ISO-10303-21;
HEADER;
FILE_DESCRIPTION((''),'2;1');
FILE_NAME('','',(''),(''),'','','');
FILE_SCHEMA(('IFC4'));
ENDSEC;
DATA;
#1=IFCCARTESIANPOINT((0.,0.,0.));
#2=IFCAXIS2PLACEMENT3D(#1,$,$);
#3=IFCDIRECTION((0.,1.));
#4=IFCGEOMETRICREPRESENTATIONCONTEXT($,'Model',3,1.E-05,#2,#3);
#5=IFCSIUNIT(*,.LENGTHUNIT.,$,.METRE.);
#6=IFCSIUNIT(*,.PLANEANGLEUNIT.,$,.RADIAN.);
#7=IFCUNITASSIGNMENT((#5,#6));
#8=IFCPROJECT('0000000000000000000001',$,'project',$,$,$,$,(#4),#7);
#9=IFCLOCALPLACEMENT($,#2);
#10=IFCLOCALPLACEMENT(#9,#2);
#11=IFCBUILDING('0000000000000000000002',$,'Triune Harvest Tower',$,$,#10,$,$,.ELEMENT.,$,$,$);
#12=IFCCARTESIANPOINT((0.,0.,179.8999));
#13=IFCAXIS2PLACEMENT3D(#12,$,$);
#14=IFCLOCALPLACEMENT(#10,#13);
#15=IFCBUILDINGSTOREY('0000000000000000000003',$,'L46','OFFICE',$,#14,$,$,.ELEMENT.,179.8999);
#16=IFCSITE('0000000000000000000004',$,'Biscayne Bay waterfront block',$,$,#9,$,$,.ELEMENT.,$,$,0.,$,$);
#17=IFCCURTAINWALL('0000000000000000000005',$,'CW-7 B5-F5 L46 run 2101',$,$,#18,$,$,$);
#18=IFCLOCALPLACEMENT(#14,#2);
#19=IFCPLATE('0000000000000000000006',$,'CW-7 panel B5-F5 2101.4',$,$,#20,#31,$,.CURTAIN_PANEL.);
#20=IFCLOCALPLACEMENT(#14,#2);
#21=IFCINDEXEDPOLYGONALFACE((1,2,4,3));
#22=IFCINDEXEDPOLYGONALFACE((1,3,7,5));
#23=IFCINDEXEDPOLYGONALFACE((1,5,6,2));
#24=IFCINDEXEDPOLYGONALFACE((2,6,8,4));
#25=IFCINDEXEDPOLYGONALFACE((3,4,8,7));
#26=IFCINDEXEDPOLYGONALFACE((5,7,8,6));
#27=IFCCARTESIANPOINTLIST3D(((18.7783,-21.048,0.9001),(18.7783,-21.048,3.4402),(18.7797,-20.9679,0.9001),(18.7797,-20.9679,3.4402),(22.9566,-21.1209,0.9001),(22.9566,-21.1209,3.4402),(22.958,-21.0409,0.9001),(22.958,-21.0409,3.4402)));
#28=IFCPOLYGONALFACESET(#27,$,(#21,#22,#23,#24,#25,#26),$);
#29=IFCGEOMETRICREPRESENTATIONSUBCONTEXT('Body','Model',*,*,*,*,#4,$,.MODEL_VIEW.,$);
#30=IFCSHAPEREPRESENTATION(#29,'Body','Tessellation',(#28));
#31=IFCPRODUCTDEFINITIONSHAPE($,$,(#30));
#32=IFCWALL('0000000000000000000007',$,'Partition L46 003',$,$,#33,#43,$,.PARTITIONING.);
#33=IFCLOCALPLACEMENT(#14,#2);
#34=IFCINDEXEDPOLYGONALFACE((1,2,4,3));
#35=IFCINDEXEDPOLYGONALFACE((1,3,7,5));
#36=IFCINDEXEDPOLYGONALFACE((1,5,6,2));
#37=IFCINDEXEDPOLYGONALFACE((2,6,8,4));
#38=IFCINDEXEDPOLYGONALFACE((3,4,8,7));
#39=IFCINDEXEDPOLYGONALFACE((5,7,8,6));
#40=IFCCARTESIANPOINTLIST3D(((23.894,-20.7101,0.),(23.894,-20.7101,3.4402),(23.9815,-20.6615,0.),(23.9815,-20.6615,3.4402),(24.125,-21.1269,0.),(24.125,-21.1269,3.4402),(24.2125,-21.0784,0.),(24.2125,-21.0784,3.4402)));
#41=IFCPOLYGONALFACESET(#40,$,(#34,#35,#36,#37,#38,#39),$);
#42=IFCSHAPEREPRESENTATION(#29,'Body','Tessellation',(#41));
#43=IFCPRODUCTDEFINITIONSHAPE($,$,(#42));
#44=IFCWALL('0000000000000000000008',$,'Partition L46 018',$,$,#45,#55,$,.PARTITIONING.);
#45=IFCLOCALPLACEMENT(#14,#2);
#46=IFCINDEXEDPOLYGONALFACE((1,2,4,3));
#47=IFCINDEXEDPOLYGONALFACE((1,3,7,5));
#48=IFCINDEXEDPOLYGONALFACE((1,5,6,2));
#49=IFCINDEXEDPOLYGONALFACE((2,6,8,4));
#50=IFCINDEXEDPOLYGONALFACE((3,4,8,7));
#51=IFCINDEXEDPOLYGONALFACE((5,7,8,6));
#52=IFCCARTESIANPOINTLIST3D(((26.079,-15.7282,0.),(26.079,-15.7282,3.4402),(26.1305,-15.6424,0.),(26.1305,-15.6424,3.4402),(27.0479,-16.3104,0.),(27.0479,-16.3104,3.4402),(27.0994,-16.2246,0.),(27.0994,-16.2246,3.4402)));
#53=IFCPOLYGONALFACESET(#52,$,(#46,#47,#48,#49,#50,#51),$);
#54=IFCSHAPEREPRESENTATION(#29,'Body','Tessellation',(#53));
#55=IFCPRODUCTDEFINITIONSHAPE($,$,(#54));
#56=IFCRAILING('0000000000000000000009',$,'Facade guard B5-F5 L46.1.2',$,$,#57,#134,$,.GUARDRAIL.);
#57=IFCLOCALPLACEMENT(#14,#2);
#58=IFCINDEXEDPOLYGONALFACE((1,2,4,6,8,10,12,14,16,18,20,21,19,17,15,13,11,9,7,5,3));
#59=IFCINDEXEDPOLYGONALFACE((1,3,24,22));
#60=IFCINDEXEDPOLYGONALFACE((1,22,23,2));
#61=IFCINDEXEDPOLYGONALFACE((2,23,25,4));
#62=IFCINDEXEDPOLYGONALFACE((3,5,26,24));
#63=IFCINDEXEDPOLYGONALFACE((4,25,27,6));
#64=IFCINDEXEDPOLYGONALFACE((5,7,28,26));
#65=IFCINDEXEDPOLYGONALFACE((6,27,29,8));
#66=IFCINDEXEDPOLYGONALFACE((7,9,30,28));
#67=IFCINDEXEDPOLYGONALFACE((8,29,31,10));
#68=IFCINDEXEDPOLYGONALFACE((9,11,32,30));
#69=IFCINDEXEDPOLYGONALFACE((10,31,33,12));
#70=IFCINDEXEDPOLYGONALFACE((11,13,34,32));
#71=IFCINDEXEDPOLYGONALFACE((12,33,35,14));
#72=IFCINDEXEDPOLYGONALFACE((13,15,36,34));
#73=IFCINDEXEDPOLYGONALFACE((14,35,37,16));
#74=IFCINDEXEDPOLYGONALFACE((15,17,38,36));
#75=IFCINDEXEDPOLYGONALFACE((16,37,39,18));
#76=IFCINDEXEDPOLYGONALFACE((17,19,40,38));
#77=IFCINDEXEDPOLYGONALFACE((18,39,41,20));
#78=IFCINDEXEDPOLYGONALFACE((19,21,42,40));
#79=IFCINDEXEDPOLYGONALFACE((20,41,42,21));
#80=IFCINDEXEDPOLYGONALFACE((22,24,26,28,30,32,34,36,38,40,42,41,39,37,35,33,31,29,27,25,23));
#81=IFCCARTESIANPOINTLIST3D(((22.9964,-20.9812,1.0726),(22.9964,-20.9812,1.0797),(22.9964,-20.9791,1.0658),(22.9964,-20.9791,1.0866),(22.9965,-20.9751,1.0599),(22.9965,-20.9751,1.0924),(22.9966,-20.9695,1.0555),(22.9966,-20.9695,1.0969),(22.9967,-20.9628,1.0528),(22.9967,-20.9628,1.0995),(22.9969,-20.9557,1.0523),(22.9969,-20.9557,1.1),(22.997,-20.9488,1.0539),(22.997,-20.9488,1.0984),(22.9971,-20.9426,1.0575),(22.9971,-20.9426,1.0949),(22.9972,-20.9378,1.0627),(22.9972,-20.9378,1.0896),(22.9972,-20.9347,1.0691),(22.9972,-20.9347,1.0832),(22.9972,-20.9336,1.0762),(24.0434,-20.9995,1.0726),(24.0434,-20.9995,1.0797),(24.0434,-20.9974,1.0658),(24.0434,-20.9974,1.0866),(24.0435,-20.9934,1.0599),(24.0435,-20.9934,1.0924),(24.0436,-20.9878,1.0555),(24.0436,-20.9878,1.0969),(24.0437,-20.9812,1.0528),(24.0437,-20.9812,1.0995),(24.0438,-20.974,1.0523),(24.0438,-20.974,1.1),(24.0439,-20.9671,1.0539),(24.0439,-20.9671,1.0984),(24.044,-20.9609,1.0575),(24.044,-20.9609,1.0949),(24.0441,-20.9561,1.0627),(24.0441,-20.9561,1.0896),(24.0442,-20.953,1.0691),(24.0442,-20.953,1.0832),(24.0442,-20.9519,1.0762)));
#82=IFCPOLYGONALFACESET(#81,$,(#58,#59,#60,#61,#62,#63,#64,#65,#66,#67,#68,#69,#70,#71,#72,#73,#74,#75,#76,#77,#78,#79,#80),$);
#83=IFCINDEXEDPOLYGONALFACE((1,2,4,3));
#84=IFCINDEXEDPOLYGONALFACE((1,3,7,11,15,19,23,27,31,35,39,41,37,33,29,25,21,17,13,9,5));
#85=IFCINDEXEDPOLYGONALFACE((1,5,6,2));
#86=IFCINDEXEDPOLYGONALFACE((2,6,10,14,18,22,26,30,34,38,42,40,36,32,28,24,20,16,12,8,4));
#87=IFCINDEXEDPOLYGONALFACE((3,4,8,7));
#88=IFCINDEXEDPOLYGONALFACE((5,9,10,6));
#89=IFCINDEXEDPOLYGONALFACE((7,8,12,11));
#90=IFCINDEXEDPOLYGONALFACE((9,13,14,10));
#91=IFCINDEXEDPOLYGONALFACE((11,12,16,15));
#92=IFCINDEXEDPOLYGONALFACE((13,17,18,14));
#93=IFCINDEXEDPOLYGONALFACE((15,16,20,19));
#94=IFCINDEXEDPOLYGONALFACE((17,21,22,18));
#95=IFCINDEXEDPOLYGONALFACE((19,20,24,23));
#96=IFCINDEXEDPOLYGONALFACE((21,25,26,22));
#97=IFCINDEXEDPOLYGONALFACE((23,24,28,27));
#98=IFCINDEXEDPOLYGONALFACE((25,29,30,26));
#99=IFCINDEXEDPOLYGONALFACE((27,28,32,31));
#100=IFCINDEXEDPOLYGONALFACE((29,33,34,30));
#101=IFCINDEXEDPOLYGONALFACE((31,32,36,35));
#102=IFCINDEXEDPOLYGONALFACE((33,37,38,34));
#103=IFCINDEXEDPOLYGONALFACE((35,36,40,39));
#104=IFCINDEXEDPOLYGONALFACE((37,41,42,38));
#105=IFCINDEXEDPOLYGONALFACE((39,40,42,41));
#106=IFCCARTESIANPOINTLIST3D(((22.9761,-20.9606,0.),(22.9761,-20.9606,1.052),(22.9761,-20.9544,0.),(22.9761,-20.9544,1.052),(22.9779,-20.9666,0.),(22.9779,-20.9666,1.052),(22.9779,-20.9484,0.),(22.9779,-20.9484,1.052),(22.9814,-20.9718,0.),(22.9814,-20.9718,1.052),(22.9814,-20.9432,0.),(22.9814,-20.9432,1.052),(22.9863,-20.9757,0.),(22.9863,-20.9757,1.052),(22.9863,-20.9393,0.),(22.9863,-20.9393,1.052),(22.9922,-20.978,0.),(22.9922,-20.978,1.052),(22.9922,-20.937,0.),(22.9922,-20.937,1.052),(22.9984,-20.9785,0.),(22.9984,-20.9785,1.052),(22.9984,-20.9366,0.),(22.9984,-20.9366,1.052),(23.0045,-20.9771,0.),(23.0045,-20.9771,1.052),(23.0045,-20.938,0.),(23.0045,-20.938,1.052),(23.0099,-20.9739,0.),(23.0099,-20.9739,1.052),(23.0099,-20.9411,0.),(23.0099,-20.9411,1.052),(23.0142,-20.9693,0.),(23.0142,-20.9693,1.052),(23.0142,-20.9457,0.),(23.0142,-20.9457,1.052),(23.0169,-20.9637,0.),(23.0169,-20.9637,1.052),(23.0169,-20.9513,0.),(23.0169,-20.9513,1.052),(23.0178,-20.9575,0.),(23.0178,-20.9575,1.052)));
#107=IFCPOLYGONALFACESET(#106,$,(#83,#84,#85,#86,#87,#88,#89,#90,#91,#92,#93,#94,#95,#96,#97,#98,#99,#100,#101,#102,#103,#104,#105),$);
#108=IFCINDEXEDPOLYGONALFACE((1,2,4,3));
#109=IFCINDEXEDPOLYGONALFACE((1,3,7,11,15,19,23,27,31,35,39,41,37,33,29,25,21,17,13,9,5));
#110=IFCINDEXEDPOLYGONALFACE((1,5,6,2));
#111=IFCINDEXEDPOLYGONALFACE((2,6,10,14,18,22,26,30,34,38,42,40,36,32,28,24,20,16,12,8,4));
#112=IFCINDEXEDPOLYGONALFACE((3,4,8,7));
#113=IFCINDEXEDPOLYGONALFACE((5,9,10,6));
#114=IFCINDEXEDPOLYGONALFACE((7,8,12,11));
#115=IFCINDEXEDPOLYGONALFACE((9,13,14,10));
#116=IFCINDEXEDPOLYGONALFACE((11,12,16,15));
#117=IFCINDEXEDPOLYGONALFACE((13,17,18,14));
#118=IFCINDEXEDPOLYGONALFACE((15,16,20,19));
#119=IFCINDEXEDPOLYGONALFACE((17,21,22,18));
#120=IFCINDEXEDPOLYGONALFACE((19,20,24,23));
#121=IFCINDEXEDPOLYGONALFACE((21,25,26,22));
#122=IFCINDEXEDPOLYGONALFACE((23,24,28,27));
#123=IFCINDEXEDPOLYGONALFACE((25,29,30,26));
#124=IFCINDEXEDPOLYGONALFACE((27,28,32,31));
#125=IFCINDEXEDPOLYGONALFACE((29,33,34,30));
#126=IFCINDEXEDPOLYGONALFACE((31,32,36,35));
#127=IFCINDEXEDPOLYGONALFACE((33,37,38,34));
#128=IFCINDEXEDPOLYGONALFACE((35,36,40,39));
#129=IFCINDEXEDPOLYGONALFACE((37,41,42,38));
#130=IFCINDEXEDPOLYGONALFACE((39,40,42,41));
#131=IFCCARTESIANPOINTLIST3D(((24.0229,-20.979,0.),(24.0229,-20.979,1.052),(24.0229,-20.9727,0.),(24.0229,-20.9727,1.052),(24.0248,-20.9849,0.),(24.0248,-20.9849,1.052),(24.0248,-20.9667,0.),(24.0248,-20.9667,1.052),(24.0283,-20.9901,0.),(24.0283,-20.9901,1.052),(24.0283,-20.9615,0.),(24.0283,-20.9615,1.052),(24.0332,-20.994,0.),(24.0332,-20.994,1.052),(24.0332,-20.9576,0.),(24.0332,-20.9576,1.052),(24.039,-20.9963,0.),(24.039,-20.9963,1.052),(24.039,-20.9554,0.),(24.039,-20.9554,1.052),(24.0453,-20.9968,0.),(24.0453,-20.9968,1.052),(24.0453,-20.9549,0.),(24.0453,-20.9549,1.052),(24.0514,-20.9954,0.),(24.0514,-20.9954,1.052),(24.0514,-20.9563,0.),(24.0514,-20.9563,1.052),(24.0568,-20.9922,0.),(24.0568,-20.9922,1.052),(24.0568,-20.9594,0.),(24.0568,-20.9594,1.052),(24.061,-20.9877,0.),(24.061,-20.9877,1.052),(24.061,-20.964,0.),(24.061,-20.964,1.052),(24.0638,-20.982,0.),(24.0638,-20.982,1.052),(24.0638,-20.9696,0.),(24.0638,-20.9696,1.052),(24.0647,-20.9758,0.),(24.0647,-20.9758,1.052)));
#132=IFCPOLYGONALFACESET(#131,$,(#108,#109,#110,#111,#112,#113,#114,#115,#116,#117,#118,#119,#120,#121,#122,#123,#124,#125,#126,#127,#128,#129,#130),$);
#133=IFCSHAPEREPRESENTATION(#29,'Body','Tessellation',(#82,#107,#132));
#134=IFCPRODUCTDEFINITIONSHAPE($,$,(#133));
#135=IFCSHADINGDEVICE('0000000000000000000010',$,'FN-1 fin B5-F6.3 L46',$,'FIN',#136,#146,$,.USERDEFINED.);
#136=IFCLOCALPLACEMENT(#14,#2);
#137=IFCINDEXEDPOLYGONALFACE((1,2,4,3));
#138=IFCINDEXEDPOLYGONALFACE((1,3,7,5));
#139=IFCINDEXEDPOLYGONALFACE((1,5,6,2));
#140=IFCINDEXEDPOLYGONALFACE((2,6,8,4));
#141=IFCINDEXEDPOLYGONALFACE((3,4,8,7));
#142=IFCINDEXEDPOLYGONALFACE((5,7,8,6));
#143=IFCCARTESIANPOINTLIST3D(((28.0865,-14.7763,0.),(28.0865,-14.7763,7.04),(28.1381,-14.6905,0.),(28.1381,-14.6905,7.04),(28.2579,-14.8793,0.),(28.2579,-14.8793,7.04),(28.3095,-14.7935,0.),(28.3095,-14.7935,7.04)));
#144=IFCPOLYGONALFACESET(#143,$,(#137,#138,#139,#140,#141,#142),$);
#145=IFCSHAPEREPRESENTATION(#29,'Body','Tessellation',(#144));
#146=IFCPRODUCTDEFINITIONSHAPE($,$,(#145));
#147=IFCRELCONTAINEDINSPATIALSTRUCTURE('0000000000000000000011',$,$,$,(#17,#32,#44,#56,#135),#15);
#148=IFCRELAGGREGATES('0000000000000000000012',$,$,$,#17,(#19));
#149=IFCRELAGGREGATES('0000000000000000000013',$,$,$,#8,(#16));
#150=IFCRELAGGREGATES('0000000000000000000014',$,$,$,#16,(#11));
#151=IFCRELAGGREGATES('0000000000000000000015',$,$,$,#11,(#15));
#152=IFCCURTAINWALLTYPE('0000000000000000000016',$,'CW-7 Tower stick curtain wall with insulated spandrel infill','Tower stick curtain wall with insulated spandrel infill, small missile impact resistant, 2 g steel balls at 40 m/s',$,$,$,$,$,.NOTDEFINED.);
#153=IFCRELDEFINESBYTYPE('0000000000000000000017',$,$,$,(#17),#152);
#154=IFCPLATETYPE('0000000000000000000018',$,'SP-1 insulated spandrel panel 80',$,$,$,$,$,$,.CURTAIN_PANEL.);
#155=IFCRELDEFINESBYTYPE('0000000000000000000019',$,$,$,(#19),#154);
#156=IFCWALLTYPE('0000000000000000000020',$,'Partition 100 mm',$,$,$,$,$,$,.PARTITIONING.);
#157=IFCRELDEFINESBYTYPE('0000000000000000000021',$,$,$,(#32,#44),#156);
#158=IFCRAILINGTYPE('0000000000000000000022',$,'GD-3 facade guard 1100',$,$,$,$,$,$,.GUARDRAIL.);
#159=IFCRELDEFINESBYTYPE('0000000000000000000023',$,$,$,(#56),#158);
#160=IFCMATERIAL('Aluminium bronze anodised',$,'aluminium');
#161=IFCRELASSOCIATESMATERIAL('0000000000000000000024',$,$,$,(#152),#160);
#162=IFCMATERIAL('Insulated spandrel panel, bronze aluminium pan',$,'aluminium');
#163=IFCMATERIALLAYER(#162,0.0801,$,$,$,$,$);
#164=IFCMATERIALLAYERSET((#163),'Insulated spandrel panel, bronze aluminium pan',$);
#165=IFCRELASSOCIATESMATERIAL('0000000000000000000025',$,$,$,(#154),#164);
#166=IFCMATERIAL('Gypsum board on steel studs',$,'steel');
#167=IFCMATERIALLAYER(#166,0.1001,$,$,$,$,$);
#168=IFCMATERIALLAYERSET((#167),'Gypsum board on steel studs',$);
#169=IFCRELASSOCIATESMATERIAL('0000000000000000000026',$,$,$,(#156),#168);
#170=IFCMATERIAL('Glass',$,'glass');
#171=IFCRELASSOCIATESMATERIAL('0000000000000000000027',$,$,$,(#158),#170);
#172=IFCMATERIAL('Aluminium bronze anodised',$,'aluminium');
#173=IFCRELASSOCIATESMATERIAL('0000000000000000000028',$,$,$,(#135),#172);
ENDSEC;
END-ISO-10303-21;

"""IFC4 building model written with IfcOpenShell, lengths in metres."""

from ifc_helpers import new_model, si_unit, direction, frame, frame_2d, origin, origin_2d, place, context, subcontext, project, spatial, rectangle, circle, extrude, source, transform, mapped, material, layer, layer_set, type_object, element, aggregate, save


model = new_model("IFC4")

# Units and contexts
model_context = context("Model", 3, precision=1e-05, world=origin(), true_north=direction((0.0, 1.0)))
body_context = subcontext(model_context, "Body", "Model", "MODEL_VIEW")
ifc_project = project(units=[si_unit("LENGTHUNIT", "METRE"), si_unit("PLANEANGLEUNIT", "RADIAN")], contexts=[model_context])

# Site, building, storey
site_placement = place(None, origin())
site = spatial("IfcSite", under=ifc_project, at=site_placement, Name="Biscayne Bay waterfront block", CompositionType="ELEMENT", RefElevation=0.0)
building_placement = place(site_placement, origin())
building = spatial("IfcBuilding", under=site, at=building_placement, Name="Triune Harvest Tower", CompositionType="ELEMENT")
storey_placement = place(building_placement, frame((0.0, 0.0, 179.8999)))
storey = spatial("IfcBuildingStorey", under=building, at=storey_placement, Name="L46", Description="OFFICE", CompositionType="ELEMENT", Elevation=179.8999)

# Curtain wall
ifc_material_1 = material(Name="Aluminium bronze anodised", Category="aluminium")
curtain_wall_type_1 = type_object("IfcCurtainWallType", Name="CW-7 Tower stick curtain wall with insulated spandrel infill", Description="Tower stick curtain wall with insulated spandrel infill, small missile impact resistant, 2 g steel balls at 40 m/s", PredefinedType="NOTDEFINED", material=ifc_material_1)
curtain_wall_1_placement = place(storey_placement, origin())
curtain_wall_1 = element("IfcCurtainWall", 1, at=curtain_wall_1_placement, inside=storey, type_object=curtain_wall_type_1, Name="CW-7 B5-F5 L46 run 2101")

# Plate
ifc_material_2 = material(Name="Insulated spandrel panel, bronze aluminium pan", Category="aluminium")
ifc_layer_1 = layer(ifc_material_2, 0.0801)
ifc_layer_set_1 = layer_set([ifc_layer_1], Name="Insulated spandrel panel, bronze aluminium pan")
plate_type_1 = type_object("IfcPlateType", Name="SP-1 insulated spandrel panel 80", PredefinedType="CURTAIN_PANEL", material=ifc_layer_set_1)
shared_shape_1 = source(origin(), body_context, "Body", "SweptSolid", [
    extrude(rectangle(XDim=4.179, YDim=0.0801, at=origin_2d()), origin(), (0.0, 0.0, 1.0), 2.54),
])
plate_1_placement = place(storey_placement, frame((20.8682, -21.0444, 0.9001), z_axis=(0.0, 0.0, 1.0), x_axis=(0.999848, -0.017454, 0.0)))
plate_1 = element("IfcPlate", 2, at=plate_1_placement, type_object=plate_type_1, Name="CW-7 panel B5-F5 2101.4", PredefinedType="CURTAIN_PANEL", context=body_context, shape_type="MappedRepresentation", body=[
    mapped(shared_shape_1, transform((0.0, 0.0, 0.0), scale=1.0)),
])
aggregate(curtain_wall_1, [plate_1])

# Walls
ifc_material_3 = material(Name="Gypsum board on steel studs", Category="steel")
ifc_layer_2 = layer(ifc_material_3, 0.1001)
ifc_layer_set_2 = layer_set([ifc_layer_2], Name="Gypsum board on steel studs")
wall_type = type_object("IfcWallType", Name="Partition 100 mm", PredefinedType="PARTITIONING", material=ifc_layer_set_2)
wall_1_placement = place(storey_placement, frame((23.9377, -20.6858, 0.0), z_axis=(0.0, 0.0, 1.0), x_axis=(0.484729, -0.874664, 0.0)))
element("IfcWall", 3, at=wall_1_placement, inside=storey, type_object=wall_type, Name="Partition L46 003", PredefinedType="PARTITIONING", context=body_context, shape_type="SweptSolid", body=[
    extrude(rectangle(XDim=0.4766, YDim=0.1001, at=frame_2d((0.2383, 0.0))), origin(), (0.0, 0.0, 1.0), 3.4402),
])
shared_shape_2 = source(origin(), body_context, "Body", "SweptSolid", [
    extrude(rectangle(XDim=1.1304, YDim=0.1001, at=frame_2d((0.5652, 0.0))), origin(), (0.0, 0.0, 1.0), 3.4402),
])
wall_2_placement = place(storey_placement, frame((26.1047, -15.6853, 0.0), z_axis=(0.0, 0.0, 1.0), x_axis=(0.85715, -0.515067, 0.0)))
element("IfcWall", 4, at=wall_2_placement, inside=storey, type_object=wall_type, Name="Partition L46 018", PredefinedType="PARTITIONING", context=body_context, shape_type="MappedRepresentation", body=[
    mapped(shared_shape_2, transform((0.0, 0.0, 0.0), scale=1.0)),
])

# Railing
ifc_material_4 = material(Name="Glass", Category="glass")
railing_type = type_object("IfcRailingType", Name="GD-3 facade guard 1100", PredefinedType="GUARDRAIL", material=ifc_material_4)
railing_placement = place(storey_placement, frame((22.9968, -20.9575, 0.0)))
element("IfcRailing", 5, at=railing_placement, inside=storey, type_object=railing_type, Name="Facade guard B5-F5 L46.1.2", PredefinedType="GUARDRAIL", context=body_context, shape_type="SweptSolid", body=[
    extrude(circle(Radius=0.0239, at=origin_2d()), frame((0.0, 0.0, 1.0762), z_axis=(0.999847, -0.017488, 0.0), x_axis=(0.017488, 0.999847, 0.0)), (0.0, 0.0, 1.0), 1.0471),
    extrude(circle(Radius=0.021, at=origin_2d()), origin(), (0.0, 0.0, 1.0), 1.052),
    extrude(circle(Radius=0.021, at=origin_2d()), frame((1.0469, -0.0183, 0.0)), (0.0, 0.0, 1.0), 1.052),
])

# Shading device
ifc_material_5 = material(Name="Aluminium bronze anodised", Category="aluminium")
shared_shape_3 = source(origin(), body_context, "Body", "SweptSolid", [
    extrude(rectangle(XDim=0.1001, YDim=0.2, at=origin_2d()), origin(), (0.0, 0.0, 1.0), 7.04),
])
shading_device_placement = place(storey_placement, frame((28.198, -14.7849, 0.0), z_axis=(0.0, 0.0, 1.0), x_axis=(0.515037, 0.857168, 0.0)))
element("IfcShadingDevice", 6, at=shading_device_placement, inside=storey, material=ifc_material_5, Name="FN-1 fin B5-F6.3 L46", ObjectType="FIN", PredefinedType="USERDEFINED", context=body_context, shape_type="MappedRepresentation", body=[
    mapped(shared_shape_3, transform((0.0, 0.0, 0.0), scale=1.0)),
])

save(model, "model.ifc")
